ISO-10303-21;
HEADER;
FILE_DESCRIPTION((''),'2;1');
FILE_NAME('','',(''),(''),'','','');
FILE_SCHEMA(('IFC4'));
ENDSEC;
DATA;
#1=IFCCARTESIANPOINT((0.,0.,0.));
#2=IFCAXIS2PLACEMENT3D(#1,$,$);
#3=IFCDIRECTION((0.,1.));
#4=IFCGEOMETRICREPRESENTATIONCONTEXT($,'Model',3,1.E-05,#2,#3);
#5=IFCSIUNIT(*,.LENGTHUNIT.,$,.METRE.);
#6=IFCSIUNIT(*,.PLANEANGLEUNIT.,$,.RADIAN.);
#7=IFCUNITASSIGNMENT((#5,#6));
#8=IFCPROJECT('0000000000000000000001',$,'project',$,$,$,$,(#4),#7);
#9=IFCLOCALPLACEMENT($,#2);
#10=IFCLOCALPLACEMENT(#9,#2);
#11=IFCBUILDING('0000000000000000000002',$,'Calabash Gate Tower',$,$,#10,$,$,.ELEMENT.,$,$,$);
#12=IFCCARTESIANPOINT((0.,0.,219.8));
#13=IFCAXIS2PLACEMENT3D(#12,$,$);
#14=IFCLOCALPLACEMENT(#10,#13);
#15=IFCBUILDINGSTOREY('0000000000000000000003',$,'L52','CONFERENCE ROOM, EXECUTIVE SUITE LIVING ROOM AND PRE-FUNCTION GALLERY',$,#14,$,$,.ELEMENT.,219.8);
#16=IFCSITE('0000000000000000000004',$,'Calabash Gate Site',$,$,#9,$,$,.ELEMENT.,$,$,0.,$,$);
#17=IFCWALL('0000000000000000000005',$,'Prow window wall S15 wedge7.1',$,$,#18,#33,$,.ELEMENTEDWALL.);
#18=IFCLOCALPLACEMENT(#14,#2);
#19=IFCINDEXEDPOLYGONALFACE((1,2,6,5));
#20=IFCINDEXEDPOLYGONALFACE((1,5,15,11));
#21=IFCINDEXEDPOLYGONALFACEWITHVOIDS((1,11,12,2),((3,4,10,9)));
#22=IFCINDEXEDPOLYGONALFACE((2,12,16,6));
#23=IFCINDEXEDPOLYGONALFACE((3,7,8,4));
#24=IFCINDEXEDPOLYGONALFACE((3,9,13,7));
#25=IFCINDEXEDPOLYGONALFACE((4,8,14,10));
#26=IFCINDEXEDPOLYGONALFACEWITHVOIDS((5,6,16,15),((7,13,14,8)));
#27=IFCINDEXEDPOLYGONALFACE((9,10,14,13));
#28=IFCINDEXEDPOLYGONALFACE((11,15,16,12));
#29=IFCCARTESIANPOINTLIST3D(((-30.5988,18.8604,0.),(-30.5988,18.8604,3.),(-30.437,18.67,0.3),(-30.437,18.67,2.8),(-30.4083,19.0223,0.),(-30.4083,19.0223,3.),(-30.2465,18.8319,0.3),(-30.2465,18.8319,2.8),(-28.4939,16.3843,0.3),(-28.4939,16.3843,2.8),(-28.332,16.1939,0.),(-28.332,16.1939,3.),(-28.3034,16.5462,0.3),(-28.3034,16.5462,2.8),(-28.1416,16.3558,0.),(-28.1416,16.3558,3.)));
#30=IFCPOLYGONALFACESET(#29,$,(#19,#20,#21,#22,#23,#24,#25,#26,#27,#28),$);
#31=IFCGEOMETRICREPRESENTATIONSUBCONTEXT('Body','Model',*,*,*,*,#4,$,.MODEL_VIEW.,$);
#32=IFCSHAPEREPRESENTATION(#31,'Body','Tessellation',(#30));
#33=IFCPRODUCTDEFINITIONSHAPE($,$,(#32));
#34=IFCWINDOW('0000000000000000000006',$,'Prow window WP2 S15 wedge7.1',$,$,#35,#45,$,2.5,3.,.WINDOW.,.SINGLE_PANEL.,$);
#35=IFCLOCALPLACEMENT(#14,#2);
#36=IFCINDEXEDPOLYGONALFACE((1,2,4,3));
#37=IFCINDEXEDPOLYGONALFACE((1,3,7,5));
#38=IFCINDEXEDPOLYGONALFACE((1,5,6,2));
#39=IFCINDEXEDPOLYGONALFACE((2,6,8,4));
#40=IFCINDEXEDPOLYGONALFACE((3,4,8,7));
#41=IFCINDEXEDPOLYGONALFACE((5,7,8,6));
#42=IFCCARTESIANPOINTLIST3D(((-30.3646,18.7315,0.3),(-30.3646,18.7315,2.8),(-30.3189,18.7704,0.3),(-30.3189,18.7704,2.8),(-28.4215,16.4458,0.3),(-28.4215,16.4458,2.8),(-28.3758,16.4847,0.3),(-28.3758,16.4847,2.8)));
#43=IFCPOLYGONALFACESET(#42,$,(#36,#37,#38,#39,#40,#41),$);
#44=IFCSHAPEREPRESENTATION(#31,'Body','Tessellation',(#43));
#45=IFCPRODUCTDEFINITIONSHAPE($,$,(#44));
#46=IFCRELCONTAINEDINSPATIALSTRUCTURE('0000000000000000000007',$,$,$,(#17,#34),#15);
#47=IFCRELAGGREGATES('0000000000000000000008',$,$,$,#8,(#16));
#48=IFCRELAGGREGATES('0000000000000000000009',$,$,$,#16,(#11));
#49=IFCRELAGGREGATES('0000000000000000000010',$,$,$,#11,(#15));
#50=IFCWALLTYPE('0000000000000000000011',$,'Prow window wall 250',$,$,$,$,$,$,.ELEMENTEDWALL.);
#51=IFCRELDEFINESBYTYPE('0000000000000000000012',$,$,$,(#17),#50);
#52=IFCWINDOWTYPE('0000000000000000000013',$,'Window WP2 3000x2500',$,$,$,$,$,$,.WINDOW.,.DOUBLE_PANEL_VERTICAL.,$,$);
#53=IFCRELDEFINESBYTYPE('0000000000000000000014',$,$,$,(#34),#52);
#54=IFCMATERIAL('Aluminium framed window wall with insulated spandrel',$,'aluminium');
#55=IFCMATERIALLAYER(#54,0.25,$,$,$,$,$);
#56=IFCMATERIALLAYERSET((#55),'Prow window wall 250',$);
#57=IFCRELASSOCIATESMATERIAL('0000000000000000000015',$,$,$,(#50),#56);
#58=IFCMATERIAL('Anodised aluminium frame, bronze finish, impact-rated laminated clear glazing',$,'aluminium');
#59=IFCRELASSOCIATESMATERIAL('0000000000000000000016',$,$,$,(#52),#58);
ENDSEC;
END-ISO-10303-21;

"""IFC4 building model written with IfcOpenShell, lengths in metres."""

from ifc_helpers import new_model, si_unit, direction, frame, frame_2d, origin, place, context, subcontext, project, spatial, rectangle, extrude, material, layer, layer_set, type_object, element, fill, save


model = new_model("IFC4")

# Units and contexts
model_context = context("Model", 3, precision=1e-05, world=origin(), true_north=direction((0.0, 1.0)))
body_context = subcontext(model_context, "Body", "Model", "MODEL_VIEW")
ifc_project = project(units=[si_unit("LENGTHUNIT", "METRE"), si_unit("PLANEANGLEUNIT", "RADIAN")], contexts=[model_context])

# Site, building, storey
site_placement = place(None, origin())
site = spatial("IfcSite", under=ifc_project, at=site_placement, Name="Calabash Gate Site", CompositionType="ELEMENT", RefElevation=0.0)
building_placement = place(site_placement, origin())
building = spatial("IfcBuilding", under=site, at=building_placement, Name="Calabash Gate Tower", CompositionType="ELEMENT")
storey_placement = place(building_placement, frame((0.0, 0.0, 219.8)))
storey = spatial("IfcBuildingStorey", under=building, at=storey_placement, Name="L52", Description="CONFERENCE ROOM, EXECUTIVE SUITE LIVING ROOM AND PRE-FUNCTION GALLERY", CompositionType="ELEMENT", Elevation=219.8)

# Wall, opening, window
ifc_material_1 = material(Name="Aluminium framed window wall with insulated spandrel", Category="aluminium")
ifc_layer_1 = layer(ifc_material_1, 0.25)
ifc_layer_set_1 = layer_set([ifc_layer_1], Name="Prow window wall 250")
wall_type_1 = type_object("IfcWallType", Name="Prow window wall 250", PredefinedType="ELEMENTEDWALL", material=ifc_layer_set_1)
ifc_material_2 = material(Name="Anodised aluminium frame, bronze finish, impact-rated laminated clear glazing", Category="aluminium")
window_type = type_object("IfcWindowType", Name="Window WP2 3000x2500", PartitioningType="DOUBLE_PANEL_VERTICAL", PredefinedType="WINDOW", material=ifc_material_2)
wall_1_placement = place(storey_placement, frame((-30.5037, 18.9414, 0.0), z_axis=(0.0, 0.0, 1.0), x_axis=(0.647701, -0.761895, 0.0)))
wall_1 = element("IfcWall", 1, at=wall_1_placement, inside=storey, type_object=wall_type_1, Name="Prow window wall S15 wedge7.1", PredefinedType="ELEMENTEDWALL", context=body_context, shape_type="SweptSolid", body=[
    extrude(rectangle(XDim=3.4998, YDim=0.25, at=frame_2d((1.75, 0.0))), origin(), (0.0, 0.0, 1.0), 3.0),
])
opening_1_placement = place(wall_1_placement, frame((0.25, 0.0, 0.3)))
opening_1 = element("IfcOpeningElement", 2, at=opening_1_placement, cuts=wall_1, PredefinedType="OPENING", context=body_context, shape_type="SweptSolid", body=[
    extrude(rectangle(XDim=3.0, YDim=2.5, at=frame_2d((1.5, 1.25))), frame((0.0, 0.135, 0.0), z_axis=(0.0, -1.0, 0.0), x_axis=(1.0, 0.0, 0.0)), (0.0, 0.0, 1.0), 0.27),
])
window_1_placement = place(opening_1_placement, origin())
window_1 = element("IfcWindow", 3, at=window_1_placement, inside=storey, type_object=window_type, Name="Prow window WP2 S15 wedge7.1", OverallHeight=2.5, OverallWidth=3.0, PartitioningType="SINGLE_PANEL", PredefinedType="WINDOW", context=body_context, shape_type="SweptSolid", body=[
    extrude(rectangle(XDim=3.0, YDim=2.5, at=frame_2d((1.5, 1.25))), frame((0.0, 0.03, 0.0), z_axis=(0.0, -1.0, 0.0), x_axis=(1.0, 0.0, 0.0)), (0.0, 0.0, 1.0), 0.0601),
])
fill(opening_1, window_1)

save(model, "model.ifc")
